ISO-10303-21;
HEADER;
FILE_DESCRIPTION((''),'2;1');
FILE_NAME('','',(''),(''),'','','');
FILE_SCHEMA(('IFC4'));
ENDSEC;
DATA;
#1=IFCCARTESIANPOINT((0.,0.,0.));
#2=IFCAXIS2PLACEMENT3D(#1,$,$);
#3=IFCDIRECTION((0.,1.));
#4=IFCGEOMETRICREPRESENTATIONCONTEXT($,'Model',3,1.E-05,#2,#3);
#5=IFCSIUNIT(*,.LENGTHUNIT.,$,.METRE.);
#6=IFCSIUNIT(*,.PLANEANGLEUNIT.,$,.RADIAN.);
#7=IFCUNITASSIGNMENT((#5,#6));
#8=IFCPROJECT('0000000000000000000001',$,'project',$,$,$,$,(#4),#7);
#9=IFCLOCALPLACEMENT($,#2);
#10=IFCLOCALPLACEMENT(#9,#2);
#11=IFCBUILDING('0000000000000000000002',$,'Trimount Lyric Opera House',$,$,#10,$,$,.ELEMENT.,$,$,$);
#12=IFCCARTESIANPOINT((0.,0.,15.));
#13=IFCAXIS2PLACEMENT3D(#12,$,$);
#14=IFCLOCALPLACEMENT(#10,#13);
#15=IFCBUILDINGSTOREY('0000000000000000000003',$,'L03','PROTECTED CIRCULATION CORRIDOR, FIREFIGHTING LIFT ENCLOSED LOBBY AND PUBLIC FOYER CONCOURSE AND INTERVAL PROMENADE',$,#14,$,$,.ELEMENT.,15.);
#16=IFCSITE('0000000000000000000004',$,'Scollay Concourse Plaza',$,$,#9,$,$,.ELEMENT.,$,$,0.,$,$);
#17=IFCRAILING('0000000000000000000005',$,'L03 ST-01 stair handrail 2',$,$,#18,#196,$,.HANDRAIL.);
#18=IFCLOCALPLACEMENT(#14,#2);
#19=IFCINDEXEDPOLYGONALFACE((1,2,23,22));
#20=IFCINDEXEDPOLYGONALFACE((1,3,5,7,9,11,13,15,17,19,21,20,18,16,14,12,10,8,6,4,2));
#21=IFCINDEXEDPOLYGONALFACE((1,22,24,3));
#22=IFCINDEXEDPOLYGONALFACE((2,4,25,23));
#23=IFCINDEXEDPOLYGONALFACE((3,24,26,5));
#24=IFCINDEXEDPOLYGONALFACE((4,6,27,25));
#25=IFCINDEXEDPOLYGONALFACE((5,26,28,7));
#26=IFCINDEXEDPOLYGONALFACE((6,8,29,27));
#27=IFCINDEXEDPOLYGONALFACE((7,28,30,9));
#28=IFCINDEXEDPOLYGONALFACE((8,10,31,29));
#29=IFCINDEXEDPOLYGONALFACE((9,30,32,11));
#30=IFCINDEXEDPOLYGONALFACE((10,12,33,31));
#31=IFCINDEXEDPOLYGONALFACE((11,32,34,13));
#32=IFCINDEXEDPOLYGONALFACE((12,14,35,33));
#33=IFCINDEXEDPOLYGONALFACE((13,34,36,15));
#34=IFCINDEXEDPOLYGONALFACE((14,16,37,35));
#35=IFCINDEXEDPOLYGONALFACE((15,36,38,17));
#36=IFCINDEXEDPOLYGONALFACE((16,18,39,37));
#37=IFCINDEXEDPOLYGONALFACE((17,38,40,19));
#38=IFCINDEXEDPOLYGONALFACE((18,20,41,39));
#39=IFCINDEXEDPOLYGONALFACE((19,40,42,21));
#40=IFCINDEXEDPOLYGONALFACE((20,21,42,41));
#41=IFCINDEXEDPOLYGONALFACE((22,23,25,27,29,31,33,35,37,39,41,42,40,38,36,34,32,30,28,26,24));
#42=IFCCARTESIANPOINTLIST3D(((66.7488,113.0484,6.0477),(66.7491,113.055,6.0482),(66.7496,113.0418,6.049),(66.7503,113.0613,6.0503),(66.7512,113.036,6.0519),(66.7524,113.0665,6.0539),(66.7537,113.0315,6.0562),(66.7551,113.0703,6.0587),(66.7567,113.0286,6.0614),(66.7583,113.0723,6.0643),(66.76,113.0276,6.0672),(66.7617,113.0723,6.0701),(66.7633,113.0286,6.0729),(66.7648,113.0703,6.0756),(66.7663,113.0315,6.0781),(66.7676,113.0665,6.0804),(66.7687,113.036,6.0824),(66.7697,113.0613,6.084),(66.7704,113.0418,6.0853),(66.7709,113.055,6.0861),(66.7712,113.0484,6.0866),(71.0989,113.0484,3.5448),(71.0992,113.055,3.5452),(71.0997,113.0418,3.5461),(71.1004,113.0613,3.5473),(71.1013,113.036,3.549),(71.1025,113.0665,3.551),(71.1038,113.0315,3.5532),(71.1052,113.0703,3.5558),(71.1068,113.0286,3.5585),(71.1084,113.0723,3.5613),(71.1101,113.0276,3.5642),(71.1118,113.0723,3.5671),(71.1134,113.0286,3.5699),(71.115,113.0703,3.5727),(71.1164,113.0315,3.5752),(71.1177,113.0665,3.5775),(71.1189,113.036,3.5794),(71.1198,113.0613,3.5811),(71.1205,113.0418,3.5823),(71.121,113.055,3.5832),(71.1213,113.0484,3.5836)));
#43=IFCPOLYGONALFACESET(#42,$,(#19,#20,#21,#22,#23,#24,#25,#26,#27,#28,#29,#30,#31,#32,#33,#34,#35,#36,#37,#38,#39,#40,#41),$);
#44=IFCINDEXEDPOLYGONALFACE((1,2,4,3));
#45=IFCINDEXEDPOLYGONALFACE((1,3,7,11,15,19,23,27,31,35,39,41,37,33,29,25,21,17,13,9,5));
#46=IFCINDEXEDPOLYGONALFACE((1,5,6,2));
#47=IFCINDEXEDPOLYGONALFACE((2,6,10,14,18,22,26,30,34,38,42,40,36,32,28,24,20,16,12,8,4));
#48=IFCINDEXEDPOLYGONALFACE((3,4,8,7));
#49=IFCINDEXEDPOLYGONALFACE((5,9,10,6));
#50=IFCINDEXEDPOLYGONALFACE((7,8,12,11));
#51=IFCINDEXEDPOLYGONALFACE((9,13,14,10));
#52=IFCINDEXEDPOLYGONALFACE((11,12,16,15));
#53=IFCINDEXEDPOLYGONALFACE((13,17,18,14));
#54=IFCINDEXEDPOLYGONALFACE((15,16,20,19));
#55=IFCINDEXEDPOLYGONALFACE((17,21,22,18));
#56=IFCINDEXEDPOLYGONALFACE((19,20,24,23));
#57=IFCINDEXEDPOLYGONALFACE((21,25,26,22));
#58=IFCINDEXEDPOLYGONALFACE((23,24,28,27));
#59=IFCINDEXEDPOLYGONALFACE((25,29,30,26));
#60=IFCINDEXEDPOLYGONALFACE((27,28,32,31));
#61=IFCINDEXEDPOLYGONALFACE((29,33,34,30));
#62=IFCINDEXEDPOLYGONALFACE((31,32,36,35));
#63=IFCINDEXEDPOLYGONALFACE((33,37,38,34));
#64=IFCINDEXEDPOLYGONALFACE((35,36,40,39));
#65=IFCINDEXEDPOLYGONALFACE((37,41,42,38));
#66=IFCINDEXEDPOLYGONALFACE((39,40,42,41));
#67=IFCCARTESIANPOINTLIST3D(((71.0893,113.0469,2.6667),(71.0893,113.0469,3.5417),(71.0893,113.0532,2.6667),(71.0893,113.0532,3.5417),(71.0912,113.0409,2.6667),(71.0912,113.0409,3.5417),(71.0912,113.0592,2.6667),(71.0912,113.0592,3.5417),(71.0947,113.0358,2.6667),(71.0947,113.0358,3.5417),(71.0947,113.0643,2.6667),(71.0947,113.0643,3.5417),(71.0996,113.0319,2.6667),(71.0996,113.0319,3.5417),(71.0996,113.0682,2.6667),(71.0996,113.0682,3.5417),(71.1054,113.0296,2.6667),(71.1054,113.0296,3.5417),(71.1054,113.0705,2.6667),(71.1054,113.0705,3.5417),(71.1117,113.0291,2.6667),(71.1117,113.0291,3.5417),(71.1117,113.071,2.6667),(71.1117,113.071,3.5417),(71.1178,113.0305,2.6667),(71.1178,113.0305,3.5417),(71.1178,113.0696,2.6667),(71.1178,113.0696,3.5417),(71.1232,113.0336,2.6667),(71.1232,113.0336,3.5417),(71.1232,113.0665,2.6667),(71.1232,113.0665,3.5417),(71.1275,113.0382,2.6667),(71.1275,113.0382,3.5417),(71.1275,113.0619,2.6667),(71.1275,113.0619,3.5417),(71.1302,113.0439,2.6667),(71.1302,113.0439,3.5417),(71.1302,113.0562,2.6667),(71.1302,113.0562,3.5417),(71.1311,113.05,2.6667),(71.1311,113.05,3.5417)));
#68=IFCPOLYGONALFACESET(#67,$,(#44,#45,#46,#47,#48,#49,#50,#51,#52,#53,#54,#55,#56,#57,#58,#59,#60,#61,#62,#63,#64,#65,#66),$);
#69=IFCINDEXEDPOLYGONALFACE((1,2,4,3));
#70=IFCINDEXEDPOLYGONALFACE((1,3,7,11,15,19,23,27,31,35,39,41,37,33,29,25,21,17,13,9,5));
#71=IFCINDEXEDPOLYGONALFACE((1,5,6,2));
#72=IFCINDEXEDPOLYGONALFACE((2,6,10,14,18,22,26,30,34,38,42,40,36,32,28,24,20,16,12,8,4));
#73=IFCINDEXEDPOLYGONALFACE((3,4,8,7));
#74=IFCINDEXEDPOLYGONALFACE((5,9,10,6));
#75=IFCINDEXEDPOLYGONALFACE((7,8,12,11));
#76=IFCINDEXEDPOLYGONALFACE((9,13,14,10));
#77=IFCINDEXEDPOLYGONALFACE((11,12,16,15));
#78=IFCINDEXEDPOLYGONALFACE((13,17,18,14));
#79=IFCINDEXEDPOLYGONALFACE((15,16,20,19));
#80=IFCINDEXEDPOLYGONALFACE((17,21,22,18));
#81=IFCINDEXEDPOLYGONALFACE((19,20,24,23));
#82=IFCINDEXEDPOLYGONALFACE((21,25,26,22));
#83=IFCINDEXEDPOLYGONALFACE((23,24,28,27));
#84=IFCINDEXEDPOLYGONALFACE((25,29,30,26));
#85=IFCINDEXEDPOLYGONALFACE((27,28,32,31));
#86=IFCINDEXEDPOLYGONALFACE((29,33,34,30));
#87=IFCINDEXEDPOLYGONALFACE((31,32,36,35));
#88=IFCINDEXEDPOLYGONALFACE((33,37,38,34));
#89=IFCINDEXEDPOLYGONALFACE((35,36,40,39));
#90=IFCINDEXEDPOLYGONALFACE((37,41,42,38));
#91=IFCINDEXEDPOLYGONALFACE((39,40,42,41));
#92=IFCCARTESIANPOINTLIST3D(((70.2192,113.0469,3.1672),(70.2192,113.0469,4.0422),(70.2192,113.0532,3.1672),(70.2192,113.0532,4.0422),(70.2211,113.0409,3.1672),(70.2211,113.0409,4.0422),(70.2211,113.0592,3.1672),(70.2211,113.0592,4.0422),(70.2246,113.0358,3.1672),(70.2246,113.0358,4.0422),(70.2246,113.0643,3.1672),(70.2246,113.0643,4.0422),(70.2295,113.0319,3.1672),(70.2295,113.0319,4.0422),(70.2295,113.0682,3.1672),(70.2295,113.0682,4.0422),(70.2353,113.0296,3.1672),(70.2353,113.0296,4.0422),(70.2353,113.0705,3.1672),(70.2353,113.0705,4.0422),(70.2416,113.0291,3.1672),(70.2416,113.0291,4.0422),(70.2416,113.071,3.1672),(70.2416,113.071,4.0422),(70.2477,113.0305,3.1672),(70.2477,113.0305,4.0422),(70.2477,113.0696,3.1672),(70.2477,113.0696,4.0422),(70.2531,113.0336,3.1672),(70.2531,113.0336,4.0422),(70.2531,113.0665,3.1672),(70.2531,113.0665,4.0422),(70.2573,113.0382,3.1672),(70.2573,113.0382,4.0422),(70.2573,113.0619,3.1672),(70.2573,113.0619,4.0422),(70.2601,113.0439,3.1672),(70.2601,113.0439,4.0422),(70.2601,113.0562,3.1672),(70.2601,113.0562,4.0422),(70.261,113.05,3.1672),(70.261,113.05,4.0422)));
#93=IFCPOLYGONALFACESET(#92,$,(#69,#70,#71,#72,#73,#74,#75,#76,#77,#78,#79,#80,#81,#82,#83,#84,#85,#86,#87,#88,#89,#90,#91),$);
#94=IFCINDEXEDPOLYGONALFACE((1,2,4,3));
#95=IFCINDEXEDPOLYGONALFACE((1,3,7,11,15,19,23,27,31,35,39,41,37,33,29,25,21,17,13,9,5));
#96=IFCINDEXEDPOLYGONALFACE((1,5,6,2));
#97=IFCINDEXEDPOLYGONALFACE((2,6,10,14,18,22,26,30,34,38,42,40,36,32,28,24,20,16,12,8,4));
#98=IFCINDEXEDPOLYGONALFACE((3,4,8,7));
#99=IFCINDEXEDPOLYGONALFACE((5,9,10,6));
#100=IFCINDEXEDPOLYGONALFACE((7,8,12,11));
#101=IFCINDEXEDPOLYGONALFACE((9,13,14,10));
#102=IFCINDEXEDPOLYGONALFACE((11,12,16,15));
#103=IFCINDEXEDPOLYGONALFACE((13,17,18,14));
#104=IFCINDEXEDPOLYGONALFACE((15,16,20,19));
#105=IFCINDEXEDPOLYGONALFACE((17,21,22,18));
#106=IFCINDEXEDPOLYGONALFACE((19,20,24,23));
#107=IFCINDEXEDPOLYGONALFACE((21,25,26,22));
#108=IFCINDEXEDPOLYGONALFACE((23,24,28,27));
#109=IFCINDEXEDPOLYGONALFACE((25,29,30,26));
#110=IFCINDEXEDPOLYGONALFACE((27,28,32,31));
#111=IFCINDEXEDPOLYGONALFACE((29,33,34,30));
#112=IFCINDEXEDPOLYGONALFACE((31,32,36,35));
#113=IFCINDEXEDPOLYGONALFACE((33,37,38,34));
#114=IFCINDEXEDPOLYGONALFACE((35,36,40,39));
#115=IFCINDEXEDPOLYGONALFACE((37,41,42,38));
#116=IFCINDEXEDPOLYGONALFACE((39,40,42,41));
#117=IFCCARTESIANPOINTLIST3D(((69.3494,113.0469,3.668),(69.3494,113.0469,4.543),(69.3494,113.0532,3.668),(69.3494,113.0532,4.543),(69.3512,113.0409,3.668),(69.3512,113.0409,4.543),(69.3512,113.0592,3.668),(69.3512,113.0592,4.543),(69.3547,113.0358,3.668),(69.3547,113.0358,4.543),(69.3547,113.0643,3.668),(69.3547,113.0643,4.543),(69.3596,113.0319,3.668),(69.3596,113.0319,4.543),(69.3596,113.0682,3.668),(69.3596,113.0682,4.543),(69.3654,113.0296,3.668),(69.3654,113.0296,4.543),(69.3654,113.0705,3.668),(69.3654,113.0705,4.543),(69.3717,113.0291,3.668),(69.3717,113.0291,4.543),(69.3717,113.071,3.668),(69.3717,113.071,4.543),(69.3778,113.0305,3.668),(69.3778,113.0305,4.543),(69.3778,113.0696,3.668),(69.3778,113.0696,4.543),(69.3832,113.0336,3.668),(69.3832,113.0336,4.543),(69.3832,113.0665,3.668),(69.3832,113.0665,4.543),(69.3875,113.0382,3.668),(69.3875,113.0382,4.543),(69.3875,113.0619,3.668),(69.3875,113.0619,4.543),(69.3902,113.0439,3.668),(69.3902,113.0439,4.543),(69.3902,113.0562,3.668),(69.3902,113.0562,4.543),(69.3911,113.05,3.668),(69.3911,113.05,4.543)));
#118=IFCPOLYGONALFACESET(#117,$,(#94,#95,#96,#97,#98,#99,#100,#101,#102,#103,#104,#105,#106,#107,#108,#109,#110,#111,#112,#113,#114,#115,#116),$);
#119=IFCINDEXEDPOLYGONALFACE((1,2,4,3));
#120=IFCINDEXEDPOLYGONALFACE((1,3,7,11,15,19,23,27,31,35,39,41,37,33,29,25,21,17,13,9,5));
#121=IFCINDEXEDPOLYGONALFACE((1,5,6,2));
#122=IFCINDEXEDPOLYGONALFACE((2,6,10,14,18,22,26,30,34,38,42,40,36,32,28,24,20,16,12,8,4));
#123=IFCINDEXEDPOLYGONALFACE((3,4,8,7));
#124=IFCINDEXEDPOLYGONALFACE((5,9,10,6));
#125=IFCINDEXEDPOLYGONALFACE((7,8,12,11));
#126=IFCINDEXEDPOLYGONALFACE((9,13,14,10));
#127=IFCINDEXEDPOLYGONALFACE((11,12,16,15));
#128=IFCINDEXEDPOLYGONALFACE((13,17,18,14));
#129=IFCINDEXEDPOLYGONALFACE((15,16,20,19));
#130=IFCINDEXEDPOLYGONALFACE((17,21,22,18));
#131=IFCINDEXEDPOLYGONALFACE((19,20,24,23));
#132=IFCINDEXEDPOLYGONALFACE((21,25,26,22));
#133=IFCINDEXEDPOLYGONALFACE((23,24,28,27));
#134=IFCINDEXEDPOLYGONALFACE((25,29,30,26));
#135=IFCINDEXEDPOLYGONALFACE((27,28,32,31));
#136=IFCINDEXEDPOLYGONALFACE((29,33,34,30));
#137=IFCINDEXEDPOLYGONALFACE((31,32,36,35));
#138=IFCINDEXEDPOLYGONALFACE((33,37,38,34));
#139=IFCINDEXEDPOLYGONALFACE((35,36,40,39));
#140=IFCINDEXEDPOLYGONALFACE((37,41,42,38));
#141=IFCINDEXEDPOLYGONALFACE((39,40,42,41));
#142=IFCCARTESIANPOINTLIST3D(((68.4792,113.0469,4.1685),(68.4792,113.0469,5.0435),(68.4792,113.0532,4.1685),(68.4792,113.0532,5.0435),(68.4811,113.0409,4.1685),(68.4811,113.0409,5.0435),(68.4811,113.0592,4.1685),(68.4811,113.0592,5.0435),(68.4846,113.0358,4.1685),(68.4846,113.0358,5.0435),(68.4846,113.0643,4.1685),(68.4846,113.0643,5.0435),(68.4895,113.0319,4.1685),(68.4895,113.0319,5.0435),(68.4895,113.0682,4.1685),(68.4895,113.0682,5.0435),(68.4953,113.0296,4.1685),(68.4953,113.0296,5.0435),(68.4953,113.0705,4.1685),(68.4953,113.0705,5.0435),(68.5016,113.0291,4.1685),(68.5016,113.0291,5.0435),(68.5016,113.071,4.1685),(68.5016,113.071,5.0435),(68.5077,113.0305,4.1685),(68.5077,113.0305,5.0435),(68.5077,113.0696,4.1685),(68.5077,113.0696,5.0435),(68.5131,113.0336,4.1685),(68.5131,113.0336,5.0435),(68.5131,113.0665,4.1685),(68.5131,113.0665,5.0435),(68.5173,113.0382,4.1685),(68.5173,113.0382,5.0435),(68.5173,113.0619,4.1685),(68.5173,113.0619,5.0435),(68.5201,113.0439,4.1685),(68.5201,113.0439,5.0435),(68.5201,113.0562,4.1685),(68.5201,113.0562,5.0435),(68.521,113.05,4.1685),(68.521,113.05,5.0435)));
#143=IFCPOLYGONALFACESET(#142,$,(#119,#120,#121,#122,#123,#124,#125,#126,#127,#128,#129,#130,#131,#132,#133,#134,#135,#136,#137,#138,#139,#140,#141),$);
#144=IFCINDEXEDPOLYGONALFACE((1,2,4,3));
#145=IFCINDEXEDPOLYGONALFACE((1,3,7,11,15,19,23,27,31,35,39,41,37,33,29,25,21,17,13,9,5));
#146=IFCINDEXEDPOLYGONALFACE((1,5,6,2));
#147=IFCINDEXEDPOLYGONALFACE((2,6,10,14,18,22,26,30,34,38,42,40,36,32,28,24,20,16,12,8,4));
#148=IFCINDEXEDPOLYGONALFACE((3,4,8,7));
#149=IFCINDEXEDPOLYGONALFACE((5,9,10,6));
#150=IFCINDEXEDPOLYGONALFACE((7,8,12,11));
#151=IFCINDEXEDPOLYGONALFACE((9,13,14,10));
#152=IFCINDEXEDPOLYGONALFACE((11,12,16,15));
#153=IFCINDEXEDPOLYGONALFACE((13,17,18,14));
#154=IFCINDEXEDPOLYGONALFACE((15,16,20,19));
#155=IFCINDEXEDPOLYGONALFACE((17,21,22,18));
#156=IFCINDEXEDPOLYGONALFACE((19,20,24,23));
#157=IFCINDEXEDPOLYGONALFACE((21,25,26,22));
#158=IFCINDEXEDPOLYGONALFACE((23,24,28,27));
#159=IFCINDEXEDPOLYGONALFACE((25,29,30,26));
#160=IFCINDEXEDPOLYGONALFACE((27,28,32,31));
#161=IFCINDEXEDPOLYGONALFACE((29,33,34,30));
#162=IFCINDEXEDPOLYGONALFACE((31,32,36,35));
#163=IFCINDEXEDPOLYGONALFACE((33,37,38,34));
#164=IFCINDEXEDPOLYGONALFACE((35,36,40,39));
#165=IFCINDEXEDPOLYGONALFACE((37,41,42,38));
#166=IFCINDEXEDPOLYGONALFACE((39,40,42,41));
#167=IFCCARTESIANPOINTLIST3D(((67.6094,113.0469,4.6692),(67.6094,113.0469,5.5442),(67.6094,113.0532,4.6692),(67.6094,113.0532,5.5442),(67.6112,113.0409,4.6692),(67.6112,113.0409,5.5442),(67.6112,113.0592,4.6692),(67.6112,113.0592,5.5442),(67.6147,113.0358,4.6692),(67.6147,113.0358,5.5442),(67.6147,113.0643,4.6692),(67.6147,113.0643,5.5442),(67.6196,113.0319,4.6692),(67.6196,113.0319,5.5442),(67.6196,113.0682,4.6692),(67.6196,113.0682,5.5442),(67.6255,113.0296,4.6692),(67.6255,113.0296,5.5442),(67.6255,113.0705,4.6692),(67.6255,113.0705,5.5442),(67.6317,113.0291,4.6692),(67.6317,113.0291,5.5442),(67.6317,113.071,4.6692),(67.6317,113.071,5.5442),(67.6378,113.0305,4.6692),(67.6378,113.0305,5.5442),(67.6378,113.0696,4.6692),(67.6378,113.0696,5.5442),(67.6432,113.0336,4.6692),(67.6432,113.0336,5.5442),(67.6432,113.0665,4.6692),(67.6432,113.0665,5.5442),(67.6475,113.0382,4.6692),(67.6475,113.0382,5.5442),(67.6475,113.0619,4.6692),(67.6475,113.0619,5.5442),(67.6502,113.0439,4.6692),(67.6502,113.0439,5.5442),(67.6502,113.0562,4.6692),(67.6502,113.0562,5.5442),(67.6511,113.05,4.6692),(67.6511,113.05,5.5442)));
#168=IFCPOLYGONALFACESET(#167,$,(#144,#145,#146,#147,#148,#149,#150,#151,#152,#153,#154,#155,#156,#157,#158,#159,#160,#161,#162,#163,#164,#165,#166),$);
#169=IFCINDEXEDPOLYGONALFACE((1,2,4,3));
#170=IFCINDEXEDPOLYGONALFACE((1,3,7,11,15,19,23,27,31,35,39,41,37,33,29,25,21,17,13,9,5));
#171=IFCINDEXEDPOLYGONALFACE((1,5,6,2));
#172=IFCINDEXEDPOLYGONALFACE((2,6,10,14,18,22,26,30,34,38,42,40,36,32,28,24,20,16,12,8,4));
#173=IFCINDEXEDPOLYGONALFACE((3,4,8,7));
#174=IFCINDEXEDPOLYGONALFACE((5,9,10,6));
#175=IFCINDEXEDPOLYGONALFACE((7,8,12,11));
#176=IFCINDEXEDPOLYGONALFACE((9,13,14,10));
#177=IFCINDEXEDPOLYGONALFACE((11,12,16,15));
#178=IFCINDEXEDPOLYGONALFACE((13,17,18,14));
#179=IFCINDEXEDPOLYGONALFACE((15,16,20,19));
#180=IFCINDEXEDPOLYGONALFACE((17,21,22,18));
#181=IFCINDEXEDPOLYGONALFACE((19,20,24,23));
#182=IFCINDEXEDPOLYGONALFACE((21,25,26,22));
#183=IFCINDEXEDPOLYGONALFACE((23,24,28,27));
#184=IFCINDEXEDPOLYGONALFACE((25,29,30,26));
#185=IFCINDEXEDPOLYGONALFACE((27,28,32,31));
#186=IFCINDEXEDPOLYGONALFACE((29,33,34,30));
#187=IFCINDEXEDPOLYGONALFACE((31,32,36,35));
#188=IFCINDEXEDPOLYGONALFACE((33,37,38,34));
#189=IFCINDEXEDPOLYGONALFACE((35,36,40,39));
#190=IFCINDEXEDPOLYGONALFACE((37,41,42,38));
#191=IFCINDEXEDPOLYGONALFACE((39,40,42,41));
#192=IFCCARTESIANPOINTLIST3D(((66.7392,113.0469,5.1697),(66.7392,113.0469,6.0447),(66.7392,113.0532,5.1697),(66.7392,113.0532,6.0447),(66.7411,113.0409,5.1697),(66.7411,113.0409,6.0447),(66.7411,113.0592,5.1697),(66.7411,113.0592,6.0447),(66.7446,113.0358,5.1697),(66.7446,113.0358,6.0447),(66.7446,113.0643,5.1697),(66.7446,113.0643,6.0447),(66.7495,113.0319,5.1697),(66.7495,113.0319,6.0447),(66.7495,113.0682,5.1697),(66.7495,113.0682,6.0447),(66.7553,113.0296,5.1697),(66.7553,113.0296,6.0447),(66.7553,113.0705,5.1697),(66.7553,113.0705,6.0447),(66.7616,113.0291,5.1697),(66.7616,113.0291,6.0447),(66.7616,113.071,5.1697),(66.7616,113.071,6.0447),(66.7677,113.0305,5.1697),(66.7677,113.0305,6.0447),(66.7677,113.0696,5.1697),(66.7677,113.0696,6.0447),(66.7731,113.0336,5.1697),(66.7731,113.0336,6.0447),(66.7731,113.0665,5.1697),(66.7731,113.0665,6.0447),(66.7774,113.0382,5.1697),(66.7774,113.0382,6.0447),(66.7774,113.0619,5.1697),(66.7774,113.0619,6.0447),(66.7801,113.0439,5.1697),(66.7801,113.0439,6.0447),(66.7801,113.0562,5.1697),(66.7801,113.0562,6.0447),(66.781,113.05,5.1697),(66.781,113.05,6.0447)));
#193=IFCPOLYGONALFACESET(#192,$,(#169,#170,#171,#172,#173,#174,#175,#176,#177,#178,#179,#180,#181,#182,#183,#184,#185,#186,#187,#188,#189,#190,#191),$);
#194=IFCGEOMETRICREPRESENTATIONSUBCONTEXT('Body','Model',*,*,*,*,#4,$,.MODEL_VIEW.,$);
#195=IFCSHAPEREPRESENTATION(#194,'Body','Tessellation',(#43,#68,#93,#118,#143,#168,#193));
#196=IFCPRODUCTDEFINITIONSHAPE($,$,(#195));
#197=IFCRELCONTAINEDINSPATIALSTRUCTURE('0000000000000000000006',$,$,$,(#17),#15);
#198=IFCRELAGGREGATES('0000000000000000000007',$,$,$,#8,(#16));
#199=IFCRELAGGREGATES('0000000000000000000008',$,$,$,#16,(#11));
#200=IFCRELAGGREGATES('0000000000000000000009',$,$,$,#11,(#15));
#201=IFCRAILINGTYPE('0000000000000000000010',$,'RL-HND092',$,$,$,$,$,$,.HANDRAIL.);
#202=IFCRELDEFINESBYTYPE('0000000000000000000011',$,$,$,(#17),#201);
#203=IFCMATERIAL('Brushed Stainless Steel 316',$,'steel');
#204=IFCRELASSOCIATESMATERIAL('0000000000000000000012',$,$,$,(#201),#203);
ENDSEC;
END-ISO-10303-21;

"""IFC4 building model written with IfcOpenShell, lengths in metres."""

from ifc_helpers import new_model, si_unit, direction, frame, origin, origin_2d, place, context, subcontext, project, spatial, circle, extrude, material, type_object, element, save


model = new_model("IFC4")

# Units and contexts
model_context = context("Model", 3, precision=1e-05, world=origin(), true_north=direction((0.0, 1.0)))
body_context = subcontext(model_context, "Body", "Model", "MODEL_VIEW")
ifc_project = project(units=[si_unit("LENGTHUNIT", "METRE"), si_unit("PLANEANGLEUNIT", "RADIAN")], contexts=[model_context])

# Site, building, storey
site_placement = place(None, origin())
site = spatial("IfcSite", under=ifc_project, at=site_placement, Name="Scollay Concourse Plaza", CompositionType="ELEMENT", RefElevation=0.0)
building_placement = place(site_placement, origin())
building = spatial("IfcBuilding", under=site, at=building_placement, Name="Trimount Lyric Opera House", CompositionType="ELEMENT")
storey_placement = place(building_placement, frame((0.0, 0.0, 15.0)))
storey = spatial("IfcBuildingStorey", under=building, at=storey_placement, Name="L03", Description="PROTECTED CIRCULATION CORRIDOR, FIREFIGHTING LIFT ENCLOSED LOBBY AND PUBLIC FOYER CONCOURSE AND INTERVAL PROMENADE", CompositionType="ELEMENT", Elevation=15.0)

# Railing
ifc_material_1 = material(Name="Brushed Stainless Steel 316", Category="steel")
railing_type = type_object("IfcRailingType", Name="RL-HND092", PredefinedType="HANDRAIL", material=ifc_material_1)
railing_placement = place(storey_placement, frame((71.1101, 113.05, 2.6667)))
element("IfcRailing", 1, at=railing_placement, inside=storey, type_object=railing_type, Name="L03 ST-01 stair handrail 2", PredefinedType="HANDRAIL", context=body_context, shape_type="SweptSolid", body=[
    extrude(circle(Radius=0.0225, at=origin_2d()), frame((0.0, 0.0, 0.8975), z_axis=(-0.866766, 0.0, 0.498714), x_axis=(0.0, -1.0, 0.0)), (0.0, 0.0, 1.0), 5.0188),
    extrude(circle(Radius=0.021, at=origin_2d()), origin(), (0.0, 0.0, 1.0), 0.875),
    extrude(circle(Radius=0.021, at=origin_2d()), frame((-0.8701, 0.0, 0.5005)), (0.0, 0.0, 1.0), 0.875),
    extrude(circle(Radius=0.021, at=origin_2d()), frame((-1.74, 0.0, 1.0012)), (0.0, 0.0, 1.0), 0.875),
    extrude(circle(Radius=0.021, at=origin_2d()), frame((-2.6101, 0.0, 1.5017)), (0.0, 0.0, 1.0), 0.875),
    extrude(circle(Radius=0.021, at=origin_2d()), frame((-3.48, 0.0, 2.0024)), (0.0, 0.0, 1.0), 0.875),
    extrude(circle(Radius=0.021, at=origin_2d()), frame((-4.3501, 0.0, 2.5029)), (0.0, 0.0, 1.0), 0.875),
])

save(model, "model.ifc")
